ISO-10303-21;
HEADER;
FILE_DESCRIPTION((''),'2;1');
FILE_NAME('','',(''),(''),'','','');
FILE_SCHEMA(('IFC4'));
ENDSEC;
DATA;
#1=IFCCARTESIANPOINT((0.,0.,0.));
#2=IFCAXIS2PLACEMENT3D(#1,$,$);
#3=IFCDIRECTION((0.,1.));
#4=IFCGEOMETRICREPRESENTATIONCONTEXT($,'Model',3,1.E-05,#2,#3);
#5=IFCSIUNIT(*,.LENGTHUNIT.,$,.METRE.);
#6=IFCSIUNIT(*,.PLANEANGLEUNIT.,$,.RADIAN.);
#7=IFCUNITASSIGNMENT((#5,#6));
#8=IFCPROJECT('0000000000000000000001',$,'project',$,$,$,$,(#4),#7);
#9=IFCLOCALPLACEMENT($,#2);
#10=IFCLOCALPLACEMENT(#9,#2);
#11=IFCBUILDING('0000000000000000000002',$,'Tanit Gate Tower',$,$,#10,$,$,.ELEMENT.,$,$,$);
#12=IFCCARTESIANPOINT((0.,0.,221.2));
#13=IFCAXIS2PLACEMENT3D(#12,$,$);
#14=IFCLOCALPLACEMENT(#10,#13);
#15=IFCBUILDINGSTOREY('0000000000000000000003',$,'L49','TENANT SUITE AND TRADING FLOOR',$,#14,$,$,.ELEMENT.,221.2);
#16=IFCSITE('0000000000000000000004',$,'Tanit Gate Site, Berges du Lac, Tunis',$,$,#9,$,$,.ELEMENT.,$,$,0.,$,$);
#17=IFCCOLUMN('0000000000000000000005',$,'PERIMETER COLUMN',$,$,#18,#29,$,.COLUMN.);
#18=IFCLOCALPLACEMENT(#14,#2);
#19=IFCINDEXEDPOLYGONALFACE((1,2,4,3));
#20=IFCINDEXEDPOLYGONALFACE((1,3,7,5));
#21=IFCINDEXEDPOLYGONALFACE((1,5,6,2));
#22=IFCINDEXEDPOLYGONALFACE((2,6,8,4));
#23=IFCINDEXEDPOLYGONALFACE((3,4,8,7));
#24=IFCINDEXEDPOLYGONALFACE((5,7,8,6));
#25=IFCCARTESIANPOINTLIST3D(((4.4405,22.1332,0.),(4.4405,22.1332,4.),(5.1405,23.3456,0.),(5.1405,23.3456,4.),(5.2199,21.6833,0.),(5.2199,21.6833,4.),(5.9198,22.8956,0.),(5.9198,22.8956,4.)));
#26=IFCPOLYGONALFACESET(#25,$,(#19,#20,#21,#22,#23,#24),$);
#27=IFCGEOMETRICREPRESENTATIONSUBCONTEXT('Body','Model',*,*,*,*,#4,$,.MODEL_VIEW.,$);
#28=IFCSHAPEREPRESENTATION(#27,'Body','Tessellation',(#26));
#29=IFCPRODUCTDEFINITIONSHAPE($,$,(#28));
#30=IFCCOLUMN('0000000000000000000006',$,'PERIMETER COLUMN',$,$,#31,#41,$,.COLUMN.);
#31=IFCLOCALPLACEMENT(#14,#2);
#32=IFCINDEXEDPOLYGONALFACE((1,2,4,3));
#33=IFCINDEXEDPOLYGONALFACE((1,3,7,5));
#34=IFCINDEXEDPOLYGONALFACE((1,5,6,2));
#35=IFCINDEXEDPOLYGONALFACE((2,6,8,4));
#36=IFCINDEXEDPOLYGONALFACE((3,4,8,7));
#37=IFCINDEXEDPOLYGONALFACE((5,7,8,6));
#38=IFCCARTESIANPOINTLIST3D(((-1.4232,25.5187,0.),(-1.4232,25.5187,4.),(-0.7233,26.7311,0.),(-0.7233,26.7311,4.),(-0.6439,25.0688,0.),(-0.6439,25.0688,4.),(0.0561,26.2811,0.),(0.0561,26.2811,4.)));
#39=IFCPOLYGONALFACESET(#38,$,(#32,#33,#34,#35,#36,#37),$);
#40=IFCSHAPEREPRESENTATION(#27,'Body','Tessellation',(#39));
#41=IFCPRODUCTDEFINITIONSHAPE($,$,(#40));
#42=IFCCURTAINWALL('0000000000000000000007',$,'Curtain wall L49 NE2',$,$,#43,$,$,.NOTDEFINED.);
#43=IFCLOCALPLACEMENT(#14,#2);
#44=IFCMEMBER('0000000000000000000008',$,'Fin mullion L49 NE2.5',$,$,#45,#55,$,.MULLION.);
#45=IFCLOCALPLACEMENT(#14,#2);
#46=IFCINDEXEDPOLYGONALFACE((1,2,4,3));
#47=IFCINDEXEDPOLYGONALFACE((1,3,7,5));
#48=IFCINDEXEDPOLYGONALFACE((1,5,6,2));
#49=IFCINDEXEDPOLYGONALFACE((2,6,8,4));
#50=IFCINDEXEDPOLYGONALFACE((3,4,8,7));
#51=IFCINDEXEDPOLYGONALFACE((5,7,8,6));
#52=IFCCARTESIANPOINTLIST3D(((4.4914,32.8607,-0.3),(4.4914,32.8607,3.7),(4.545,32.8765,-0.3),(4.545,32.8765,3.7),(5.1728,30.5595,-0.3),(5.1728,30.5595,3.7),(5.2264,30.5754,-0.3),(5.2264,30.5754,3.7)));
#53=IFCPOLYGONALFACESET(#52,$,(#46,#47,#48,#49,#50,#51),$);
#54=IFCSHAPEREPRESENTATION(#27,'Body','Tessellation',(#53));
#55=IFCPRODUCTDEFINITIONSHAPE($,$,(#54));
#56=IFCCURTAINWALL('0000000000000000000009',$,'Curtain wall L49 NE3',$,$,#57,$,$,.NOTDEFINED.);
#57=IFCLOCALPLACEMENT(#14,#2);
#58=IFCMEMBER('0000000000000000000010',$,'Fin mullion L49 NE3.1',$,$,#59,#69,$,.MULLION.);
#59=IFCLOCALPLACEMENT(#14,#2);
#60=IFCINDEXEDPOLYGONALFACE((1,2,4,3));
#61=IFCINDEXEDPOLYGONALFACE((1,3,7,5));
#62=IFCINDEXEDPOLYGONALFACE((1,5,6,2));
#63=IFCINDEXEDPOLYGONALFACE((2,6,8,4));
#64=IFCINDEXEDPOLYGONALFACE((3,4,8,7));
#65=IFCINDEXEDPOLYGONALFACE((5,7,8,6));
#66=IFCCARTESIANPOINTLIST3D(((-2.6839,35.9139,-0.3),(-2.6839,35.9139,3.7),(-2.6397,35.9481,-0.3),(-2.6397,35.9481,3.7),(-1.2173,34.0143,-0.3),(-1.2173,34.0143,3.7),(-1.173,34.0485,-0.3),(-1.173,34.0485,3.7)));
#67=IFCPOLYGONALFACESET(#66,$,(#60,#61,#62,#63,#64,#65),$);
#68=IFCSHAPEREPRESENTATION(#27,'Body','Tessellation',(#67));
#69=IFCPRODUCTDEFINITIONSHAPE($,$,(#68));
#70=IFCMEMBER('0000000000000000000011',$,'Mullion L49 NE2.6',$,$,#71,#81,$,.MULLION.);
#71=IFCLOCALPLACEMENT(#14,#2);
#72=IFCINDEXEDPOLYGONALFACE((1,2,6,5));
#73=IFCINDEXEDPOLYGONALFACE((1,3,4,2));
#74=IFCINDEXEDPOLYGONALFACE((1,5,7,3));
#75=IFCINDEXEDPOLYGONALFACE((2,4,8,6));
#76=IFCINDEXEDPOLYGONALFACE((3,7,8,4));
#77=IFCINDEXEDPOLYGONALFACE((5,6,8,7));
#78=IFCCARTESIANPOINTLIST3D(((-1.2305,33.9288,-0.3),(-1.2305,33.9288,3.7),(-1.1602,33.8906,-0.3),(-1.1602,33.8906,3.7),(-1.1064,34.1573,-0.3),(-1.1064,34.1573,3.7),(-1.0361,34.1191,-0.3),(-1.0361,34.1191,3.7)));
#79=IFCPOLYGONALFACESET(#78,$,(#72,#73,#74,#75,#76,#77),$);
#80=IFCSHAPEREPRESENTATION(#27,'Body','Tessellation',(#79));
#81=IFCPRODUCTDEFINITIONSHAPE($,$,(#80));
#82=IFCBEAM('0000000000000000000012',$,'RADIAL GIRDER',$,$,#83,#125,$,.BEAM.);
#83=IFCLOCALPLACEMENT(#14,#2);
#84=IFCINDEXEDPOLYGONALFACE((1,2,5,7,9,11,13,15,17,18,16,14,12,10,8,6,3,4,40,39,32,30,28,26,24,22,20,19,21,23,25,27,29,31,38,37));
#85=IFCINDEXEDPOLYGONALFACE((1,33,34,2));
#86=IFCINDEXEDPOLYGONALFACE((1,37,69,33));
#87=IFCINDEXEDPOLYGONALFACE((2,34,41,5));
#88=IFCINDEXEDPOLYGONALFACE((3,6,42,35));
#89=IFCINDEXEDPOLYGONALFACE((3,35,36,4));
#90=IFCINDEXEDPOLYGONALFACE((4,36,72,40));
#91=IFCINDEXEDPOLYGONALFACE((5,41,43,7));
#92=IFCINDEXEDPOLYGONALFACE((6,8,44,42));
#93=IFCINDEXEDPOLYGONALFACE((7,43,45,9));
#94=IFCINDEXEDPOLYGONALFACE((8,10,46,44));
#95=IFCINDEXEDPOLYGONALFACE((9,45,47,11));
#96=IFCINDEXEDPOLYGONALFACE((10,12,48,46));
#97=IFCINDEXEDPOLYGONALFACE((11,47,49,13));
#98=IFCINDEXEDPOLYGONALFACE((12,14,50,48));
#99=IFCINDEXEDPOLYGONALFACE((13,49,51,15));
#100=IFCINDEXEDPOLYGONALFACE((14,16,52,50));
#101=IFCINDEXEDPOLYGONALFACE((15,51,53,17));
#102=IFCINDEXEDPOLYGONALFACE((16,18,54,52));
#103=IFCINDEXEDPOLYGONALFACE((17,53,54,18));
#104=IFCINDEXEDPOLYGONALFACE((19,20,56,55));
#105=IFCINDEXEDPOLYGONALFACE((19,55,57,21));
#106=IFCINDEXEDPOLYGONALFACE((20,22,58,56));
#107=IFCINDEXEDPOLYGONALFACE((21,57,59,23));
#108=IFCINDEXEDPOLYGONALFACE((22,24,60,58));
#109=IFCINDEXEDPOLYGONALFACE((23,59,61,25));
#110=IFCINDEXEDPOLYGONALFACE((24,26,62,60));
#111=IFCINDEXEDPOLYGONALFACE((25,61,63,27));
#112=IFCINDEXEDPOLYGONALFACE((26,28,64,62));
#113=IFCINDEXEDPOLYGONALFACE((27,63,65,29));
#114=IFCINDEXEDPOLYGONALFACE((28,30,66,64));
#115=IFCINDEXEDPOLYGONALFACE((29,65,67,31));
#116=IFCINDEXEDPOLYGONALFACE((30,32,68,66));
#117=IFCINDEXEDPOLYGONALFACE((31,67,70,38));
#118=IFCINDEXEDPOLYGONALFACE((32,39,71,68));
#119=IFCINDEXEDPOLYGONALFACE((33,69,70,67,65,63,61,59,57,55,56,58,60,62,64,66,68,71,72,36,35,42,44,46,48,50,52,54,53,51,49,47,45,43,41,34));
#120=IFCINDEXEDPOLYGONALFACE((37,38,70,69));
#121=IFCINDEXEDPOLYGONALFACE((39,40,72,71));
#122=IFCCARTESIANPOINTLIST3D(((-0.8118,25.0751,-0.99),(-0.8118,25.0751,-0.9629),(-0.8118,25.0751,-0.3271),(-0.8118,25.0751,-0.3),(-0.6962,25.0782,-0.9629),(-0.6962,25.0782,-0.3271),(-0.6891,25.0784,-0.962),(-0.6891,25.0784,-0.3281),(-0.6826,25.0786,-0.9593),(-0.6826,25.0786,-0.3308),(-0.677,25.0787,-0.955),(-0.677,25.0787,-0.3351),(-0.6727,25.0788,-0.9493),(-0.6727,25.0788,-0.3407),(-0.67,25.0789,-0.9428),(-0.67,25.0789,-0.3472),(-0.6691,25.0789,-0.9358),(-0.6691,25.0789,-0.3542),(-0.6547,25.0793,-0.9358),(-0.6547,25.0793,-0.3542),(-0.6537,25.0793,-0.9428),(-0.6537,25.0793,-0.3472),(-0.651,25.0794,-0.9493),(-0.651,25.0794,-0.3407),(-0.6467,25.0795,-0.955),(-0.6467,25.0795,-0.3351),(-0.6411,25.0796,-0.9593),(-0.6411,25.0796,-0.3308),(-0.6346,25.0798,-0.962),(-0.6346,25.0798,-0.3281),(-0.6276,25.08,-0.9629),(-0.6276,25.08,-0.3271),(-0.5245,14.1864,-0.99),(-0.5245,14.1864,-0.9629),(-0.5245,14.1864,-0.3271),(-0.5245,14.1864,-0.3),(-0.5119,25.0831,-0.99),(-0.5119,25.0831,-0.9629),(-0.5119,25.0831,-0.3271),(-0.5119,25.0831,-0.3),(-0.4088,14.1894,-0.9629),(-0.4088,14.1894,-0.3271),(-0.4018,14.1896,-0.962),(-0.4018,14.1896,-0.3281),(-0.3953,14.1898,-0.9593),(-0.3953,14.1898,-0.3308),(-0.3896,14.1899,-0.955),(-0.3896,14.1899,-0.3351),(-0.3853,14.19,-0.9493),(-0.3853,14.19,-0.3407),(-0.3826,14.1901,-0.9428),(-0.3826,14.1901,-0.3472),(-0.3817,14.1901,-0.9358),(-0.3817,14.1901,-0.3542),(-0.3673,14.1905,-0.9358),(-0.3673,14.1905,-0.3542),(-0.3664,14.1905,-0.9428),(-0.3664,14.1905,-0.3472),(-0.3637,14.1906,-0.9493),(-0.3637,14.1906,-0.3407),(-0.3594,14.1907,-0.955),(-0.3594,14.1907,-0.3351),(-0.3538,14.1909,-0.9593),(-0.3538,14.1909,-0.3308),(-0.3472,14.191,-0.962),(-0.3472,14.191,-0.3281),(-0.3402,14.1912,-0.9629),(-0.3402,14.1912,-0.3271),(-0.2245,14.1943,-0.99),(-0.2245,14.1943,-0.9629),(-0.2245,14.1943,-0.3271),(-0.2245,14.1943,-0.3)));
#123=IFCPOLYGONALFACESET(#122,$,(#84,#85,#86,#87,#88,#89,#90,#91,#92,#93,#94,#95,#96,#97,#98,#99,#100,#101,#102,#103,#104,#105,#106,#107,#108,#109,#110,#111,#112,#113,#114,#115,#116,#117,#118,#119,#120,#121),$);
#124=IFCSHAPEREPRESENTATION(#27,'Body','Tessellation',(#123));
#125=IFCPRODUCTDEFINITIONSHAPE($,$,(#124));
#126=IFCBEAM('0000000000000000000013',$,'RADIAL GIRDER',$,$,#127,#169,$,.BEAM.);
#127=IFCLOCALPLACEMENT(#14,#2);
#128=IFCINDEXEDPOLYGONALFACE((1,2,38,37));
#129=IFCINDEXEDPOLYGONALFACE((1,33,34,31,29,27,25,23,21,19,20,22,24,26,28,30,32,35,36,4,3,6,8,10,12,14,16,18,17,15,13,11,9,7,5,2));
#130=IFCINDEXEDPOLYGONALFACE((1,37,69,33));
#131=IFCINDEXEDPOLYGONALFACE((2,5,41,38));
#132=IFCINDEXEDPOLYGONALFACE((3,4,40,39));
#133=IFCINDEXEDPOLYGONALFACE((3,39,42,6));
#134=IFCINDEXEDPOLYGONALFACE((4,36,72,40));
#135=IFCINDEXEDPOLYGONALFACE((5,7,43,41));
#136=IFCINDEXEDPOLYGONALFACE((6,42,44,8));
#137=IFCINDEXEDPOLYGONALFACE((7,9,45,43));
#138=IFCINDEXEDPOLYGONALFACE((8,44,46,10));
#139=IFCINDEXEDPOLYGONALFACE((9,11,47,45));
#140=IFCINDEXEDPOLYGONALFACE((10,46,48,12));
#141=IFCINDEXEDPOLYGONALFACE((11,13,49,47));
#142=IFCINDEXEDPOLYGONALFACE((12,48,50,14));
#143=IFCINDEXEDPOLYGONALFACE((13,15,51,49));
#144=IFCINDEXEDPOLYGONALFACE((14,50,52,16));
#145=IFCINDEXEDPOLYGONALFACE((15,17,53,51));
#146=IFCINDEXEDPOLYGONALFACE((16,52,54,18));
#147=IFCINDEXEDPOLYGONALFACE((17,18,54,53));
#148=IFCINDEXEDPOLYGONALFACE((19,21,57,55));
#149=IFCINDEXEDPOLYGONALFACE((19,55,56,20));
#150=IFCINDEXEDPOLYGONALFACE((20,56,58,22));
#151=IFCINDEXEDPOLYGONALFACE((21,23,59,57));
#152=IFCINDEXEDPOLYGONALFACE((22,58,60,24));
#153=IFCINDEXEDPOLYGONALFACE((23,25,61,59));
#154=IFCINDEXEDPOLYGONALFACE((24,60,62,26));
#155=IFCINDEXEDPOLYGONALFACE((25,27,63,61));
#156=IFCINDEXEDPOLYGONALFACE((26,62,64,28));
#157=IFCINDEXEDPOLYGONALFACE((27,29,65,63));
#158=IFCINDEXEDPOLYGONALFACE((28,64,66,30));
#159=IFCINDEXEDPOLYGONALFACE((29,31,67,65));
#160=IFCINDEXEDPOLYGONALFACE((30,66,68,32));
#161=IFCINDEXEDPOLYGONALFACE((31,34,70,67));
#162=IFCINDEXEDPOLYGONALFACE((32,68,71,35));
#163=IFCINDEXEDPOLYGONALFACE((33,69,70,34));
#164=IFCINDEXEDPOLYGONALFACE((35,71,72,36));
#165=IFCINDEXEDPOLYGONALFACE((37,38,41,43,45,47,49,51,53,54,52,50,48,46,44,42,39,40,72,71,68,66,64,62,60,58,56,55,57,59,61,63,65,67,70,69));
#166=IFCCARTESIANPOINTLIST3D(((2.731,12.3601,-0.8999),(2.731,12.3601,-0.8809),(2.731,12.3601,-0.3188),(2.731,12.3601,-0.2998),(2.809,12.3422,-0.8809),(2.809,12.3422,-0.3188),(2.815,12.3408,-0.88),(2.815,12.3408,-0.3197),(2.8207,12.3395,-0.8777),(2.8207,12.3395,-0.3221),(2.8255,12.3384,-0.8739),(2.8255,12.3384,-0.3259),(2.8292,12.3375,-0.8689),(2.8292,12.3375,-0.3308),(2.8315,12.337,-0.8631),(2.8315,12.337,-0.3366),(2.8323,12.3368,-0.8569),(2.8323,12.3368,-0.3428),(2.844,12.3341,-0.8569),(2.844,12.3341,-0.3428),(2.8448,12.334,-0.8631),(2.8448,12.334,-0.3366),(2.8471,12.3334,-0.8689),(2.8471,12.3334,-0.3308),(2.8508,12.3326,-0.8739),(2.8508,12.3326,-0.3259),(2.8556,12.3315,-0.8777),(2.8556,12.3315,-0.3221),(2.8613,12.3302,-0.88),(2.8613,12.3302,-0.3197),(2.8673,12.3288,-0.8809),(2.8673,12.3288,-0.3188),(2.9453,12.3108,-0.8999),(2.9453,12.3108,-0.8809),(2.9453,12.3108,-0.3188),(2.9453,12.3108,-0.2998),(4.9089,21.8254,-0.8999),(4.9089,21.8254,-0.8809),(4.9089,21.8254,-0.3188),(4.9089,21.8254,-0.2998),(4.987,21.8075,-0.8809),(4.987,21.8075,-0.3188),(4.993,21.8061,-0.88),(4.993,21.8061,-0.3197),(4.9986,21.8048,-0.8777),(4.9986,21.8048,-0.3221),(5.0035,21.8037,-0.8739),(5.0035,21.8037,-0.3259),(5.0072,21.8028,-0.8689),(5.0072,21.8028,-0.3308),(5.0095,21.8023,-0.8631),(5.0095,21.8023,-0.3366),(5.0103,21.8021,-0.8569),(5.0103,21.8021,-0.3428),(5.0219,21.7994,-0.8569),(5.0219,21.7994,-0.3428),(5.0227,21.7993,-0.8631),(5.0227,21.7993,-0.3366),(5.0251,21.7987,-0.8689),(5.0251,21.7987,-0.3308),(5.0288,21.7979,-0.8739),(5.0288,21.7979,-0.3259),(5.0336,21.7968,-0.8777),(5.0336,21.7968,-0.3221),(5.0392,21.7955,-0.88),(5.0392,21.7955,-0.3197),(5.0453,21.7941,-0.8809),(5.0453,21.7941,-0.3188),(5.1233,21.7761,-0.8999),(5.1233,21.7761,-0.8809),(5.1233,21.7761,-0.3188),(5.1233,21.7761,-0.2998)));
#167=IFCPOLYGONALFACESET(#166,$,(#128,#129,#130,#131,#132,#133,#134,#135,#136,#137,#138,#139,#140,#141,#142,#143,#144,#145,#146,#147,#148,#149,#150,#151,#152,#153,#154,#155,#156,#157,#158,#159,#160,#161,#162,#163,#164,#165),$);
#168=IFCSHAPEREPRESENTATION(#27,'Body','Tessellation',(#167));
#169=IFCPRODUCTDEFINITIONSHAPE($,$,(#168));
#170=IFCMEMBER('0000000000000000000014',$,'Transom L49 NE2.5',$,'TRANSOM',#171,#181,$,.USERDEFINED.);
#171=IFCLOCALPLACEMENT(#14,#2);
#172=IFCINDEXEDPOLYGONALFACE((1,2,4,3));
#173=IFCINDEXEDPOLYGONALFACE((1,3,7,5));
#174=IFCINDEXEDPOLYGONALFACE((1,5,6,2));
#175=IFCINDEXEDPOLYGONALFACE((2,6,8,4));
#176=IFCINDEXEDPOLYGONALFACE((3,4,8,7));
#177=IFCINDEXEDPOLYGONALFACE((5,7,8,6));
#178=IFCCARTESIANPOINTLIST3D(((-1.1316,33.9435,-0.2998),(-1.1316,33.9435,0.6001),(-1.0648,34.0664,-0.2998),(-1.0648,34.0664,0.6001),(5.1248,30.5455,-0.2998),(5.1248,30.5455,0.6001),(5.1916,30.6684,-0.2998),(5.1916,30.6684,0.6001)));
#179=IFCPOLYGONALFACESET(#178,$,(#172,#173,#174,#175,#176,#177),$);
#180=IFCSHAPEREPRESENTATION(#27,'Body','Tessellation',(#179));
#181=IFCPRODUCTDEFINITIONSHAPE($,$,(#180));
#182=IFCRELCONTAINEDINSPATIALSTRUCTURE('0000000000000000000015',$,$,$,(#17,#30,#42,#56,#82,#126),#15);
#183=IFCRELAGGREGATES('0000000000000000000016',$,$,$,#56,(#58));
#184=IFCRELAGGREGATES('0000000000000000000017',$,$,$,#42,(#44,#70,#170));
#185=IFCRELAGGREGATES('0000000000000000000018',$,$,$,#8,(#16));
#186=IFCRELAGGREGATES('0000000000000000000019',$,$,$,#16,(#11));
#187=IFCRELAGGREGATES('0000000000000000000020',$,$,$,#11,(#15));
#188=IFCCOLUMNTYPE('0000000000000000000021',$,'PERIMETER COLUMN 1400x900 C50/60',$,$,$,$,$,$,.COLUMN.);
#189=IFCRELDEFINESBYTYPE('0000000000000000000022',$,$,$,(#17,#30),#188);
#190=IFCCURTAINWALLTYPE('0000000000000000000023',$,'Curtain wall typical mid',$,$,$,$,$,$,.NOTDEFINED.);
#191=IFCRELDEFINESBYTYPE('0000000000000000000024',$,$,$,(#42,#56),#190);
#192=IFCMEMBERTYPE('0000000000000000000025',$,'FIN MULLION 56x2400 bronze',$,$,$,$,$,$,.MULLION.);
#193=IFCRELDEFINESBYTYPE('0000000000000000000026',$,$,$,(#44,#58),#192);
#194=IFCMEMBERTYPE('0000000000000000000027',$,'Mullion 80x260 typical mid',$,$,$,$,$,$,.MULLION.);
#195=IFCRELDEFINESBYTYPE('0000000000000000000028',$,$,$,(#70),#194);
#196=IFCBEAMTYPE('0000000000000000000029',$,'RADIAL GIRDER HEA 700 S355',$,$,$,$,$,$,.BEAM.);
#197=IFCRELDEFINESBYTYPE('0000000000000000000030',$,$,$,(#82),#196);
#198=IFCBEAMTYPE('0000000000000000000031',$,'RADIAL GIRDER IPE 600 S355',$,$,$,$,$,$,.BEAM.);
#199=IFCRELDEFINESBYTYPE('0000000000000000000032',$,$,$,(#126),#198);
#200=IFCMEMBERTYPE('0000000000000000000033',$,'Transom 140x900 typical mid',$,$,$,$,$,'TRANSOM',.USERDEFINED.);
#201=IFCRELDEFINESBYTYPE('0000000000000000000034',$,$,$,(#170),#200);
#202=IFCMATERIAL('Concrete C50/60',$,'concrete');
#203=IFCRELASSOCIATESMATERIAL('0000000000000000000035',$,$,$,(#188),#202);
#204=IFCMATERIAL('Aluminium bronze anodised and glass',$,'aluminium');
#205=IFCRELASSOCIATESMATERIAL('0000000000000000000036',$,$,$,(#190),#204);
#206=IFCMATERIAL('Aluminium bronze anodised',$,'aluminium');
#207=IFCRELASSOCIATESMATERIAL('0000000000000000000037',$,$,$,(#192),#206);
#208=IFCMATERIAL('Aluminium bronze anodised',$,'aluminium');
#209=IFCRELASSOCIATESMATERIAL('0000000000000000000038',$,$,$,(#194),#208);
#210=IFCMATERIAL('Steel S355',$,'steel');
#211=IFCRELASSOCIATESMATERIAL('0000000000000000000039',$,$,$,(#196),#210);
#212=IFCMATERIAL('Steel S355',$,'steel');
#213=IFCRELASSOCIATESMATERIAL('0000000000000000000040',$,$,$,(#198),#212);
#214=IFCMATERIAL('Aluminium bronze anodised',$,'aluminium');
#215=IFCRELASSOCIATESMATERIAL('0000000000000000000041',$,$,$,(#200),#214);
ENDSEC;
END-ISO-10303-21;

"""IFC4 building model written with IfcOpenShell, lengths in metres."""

from ifc_helpers import new_model, si_unit, direction, frame, origin, origin_2d, place, context, subcontext, project, spatial, rectangle, i_section, extrude, material, material_profile, profile_set, type_object, element, aggregate, save


model = new_model("IFC4")

# Units and contexts
model_context = context("Model", 3, precision=1e-05, world=origin(), true_north=direction((0.0, 1.0)))
body_context = subcontext(model_context, "Body", "Model", "MODEL_VIEW")
ifc_project = project(units=[si_unit("LENGTHUNIT", "METRE"), si_unit("PLANEANGLEUNIT", "RADIAN")], contexts=[model_context])

# Site, building, storey
site_placement = place(None, origin())
site = spatial("IfcSite", under=ifc_project, at=site_placement, Name="Tanit Gate Site, Berges du Lac, Tunis", CompositionType="ELEMENT", RefElevation=0.0)
building_placement = place(site_placement, origin())
building = spatial("IfcBuilding", under=site, at=building_placement, Name="Tanit Gate Tower", CompositionType="ELEMENT")
storey_placement = place(building_placement, frame((0.0, 0.0, 221.2)))
storey = spatial("IfcBuildingStorey", under=building, at=storey_placement, Name="L49", Description="TENANT SUITE AND TRADING FLOOR", CompositionType="ELEMENT", Elevation=221.2)

# Columns
ifc_material_1 = material(Name="Concrete C50/60", Category="concrete")
ifc_material_profile_1 = material_profile(ifc_material_1, rectangle(XDim=1.3999, YDim=0.8999, at=origin_2d()), Name="RC 1400x900")
ifc_profile_set_1 = profile_set([ifc_material_profile_1], Name="Concrete C50/60")
column_type = type_object("IfcColumnType", Name="PERIMETER COLUMN 1400x900 C50/60", PredefinedType="COLUMN", material=ifc_profile_set_1)
for number, where, z_axis, x_axis, name in (
    (1, (5.1802, 22.5144, 0.0), (0.0, 0.0, 1.0), (0.5, 0.866025, 0.0), "PERIMETER COLUMN"),
    (2, (-0.6836, 25.8999, 0.0), (0.0, 0.0, 1.0), (0.5, 0.866025, 0.0), "PERIMETER COLUMN"),
):
    element("IfcColumn", number, at=place(storey_placement, frame(where, z_axis=z_axis, x_axis=x_axis)), inside=storey, type_object=column_type, Name=name, PredefinedType="COLUMN", context=body_context, shape_type="SweptSolid", body=[
        extrude(rectangle(XDim=1.3999, YDim=0.8999, at=origin_2d()), origin(), (0.0, 0.0, 1.0), 4.0),
    ])

# Curtain walls, members
ifc_material_2 = material(Name="Aluminium bronze anodised and glass", Category="aluminium")
curtain_wall_type = type_object("IfcCurtainWallType", Name="Curtain wall typical mid", PredefinedType="NOTDEFINED", material=ifc_material_2)
curtain_wall_1_placement = place(storey_placement, origin())
curtain_wall_1 = element("IfcCurtainWall", 3, at=curtain_wall_1_placement, inside=storey, type_object=curtain_wall_type, Name="Curtain wall L49 NE2", PredefinedType="NOTDEFINED")
ifc_material_3 = material(Name="Aluminium bronze anodised", Category="aluminium")
ifc_material_profile_2 = material_profile(ifc_material_3, rectangle(XDim=2.3999, YDim=0.0559, at=origin_2d()), Name="56x2400 bronze fin mullion")
ifc_profile_set_2 = profile_set([ifc_material_profile_2], Name="Aluminium bronze anodised")
member_type_1 = type_object("IfcMemberType", Name="FIN MULLION 56x2400 bronze", PredefinedType="MULLION", material=ifc_profile_set_2)
member_1_placement = place(storey_placement, frame((4.8589, 31.718, -0.3), z_axis=(0.0, 0.0, 1.0), x_axis=(0.283906, -0.958852, 0.0)))
member_1 = element("IfcMember", 4, at=member_1_placement, type_object=member_type_1, Name="Fin mullion L49 NE2.5", PredefinedType="MULLION", context=body_context, shape_type="SweptSolid", body=[
    extrude(rectangle(XDim=2.3999, YDim=0.0559, at=origin_2d()), origin(), (0.0, 0.0, 1.0), 4.0),
])
curtain_wall_2_placement = place(storey_placement, origin())
curtain_wall_2 = element("IfcCurtainWall", 5, at=curtain_wall_2_placement, inside=storey, type_object=curtain_wall_type, Name="Curtain wall L49 NE3", PredefinedType="NOTDEFINED")
member_2_placement = place(storey_placement, frame((-1.9285, 34.9812, -0.3), z_axis=(0.0, 0.0, 1.0), x_axis=(0.611137, -0.791525, 0.0)))
member_2 = element("IfcMember", 6, at=member_2_placement, type_object=member_type_1, Name="Fin mullion L49 NE3.1", PredefinedType="MULLION", context=body_context, shape_type="SweptSolid", body=[
    extrude(rectangle(XDim=2.3999, YDim=0.0559, at=origin_2d()), origin(), (0.0, 0.0, 1.0), 4.0),
])

# Member
ifc_material_4 = material(Name="Aluminium bronze anodised", Category="aluminium")
ifc_material_profile_3 = material_profile(ifc_material_4, rectangle(XDim=0.26, YDim=0.0801, at=origin_2d()), Name="80x260 bronze mullion")
ifc_profile_set_3 = profile_set([ifc_material_profile_3], Name="Aluminium bronze anodised")
member_type_2 = type_object("IfcMemberType", Name="Mullion 80x260 typical mid", PredefinedType="MULLION", material=ifc_profile_set_3)
member_3_placement = place(storey_placement, frame((-1.1333, 34.0239, -0.3), z_axis=(0.0, 0.0, 1.0), x_axis=(-0.477259, -0.878762, 0.0)))
member_3 = element("IfcMember", 7, at=member_3_placement, type_object=member_type_2, Name="Mullion L49 NE2.6", PredefinedType="MULLION", context=body_context, shape_type="SweptSolid", body=[
    extrude(rectangle(XDim=0.26, YDim=0.0801, at=origin_2d()), origin(), (0.0, 0.0, 1.0), 4.0),
])

# Beams
ifc_material_5 = material(Name="Steel S355", Category="steel")
ifc_material_profile_4 = material_profile(ifc_material_5, i_section(OverallWidth=0.3, OverallDepth=0.6899, WebThickness=0.0144, FlangeThickness=0.0271, FilletRadius=0.0271, at=origin_2d()), Name="HEA 700")
ifc_profile_set_4 = profile_set([ifc_material_profile_4], Name="Steel S355")
beam_type_1 = type_object("IfcBeamType", Name="RADIAL GIRDER HEA 700 S355", PredefinedType="BEAM", material=ifc_profile_set_4)
beam_1_placement = place(storey_placement, frame((-0.6619, 25.0791, -0.645), z_axis=(0.026381, -0.999652, 0.0), x_axis=(0.999652, 0.026381, 0.0)))
element("IfcBeam", 8, at=beam_1_placement, inside=storey, type_object=beam_type_1, Name="RADIAL GIRDER", PredefinedType="BEAM", context=body_context, shape_type="SweptSolid", body=[
    extrude(i_section(OverallWidth=0.3, OverallDepth=0.6899, WebThickness=0.0144, FlangeThickness=0.0271, FilletRadius=0.0271, at=origin_2d()), origin(), (0.0, 0.0, 1.0), 10.8926),
])
ifc_material_6 = material(Name="Steel S355", Category="steel")
ifc_material_profile_5 = material_profile(ifc_material_6, i_section(OverallWidth=0.22, OverallDepth=0.6001, WebThickness=0.012, FlangeThickness=0.019, FilletRadius=0.0239, at=origin_2d()), Name="IPE 600")
ifc_profile_set_5 = profile_set([ifc_material_profile_5], Name="Steel S355")
beam_type_2 = type_object("IfcBeamType", Name="RADIAL GIRDER IPE 600 S355", PredefinedType="BEAM", material=ifc_profile_set_5)
beam_2_placement = place(storey_placement, frame((5.0161, 21.8008, -0.5999), z_axis=(-0.224241, -0.974534, 0.0), x_axis=(0.974534, -0.224241, 0.0)))
element("IfcBeam", 9, at=beam_2_placement, inside=storey, type_object=beam_type_2, Name="RADIAL GIRDER", PredefinedType="BEAM", context=body_context, shape_type="SweptSolid", body=[
    extrude(i_section(OverallWidth=0.22, OverallDepth=0.6001, WebThickness=0.012, FlangeThickness=0.019, FilletRadius=0.0239, at=origin_2d()), origin(), (0.0, 0.0, 1.0), 9.7126),
])

# Member
ifc_material_7 = material(Name="Aluminium bronze anodised", Category="aluminium")
ifc_material_profile_6 = material_profile(ifc_material_7, rectangle(XDim=0.1399, YDim=0.8999, at=origin_2d()), Name="140x900 bronze transom")
ifc_profile_set_6 = profile_set([ifc_material_profile_6], Name="Aluminium bronze anodised")
member_type_3 = type_object("IfcMemberType", Name="Transom 140x900 typical mid", ElementType="TRANSOM", PredefinedType="USERDEFINED", material=ifc_profile_set_6)
member_4_placement = place(storey_placement, frame((5.1582, 30.6069, 0.1501), z_axis=(-0.878756, 0.47727, 0.0), x_axis=(-0.47727, -0.878756, 0.0)))
member_4 = element("IfcMember", 10, at=member_4_placement, type_object=member_type_3, Name="Transom L49 NE2.5", ObjectType="TRANSOM", PredefinedType="USERDEFINED", context=body_context, shape_type="SweptSolid", body=[
    extrude(rectangle(XDim=0.1399, YDim=0.8999, at=origin_2d()), origin(), (0.0, 0.0, 1.0), 7.1196),
])
aggregate(curtain_wall_2, [member_2])

aggregate(curtain_wall_1, [member_1, member_3, member_4])

save(model, "model.ifc")
